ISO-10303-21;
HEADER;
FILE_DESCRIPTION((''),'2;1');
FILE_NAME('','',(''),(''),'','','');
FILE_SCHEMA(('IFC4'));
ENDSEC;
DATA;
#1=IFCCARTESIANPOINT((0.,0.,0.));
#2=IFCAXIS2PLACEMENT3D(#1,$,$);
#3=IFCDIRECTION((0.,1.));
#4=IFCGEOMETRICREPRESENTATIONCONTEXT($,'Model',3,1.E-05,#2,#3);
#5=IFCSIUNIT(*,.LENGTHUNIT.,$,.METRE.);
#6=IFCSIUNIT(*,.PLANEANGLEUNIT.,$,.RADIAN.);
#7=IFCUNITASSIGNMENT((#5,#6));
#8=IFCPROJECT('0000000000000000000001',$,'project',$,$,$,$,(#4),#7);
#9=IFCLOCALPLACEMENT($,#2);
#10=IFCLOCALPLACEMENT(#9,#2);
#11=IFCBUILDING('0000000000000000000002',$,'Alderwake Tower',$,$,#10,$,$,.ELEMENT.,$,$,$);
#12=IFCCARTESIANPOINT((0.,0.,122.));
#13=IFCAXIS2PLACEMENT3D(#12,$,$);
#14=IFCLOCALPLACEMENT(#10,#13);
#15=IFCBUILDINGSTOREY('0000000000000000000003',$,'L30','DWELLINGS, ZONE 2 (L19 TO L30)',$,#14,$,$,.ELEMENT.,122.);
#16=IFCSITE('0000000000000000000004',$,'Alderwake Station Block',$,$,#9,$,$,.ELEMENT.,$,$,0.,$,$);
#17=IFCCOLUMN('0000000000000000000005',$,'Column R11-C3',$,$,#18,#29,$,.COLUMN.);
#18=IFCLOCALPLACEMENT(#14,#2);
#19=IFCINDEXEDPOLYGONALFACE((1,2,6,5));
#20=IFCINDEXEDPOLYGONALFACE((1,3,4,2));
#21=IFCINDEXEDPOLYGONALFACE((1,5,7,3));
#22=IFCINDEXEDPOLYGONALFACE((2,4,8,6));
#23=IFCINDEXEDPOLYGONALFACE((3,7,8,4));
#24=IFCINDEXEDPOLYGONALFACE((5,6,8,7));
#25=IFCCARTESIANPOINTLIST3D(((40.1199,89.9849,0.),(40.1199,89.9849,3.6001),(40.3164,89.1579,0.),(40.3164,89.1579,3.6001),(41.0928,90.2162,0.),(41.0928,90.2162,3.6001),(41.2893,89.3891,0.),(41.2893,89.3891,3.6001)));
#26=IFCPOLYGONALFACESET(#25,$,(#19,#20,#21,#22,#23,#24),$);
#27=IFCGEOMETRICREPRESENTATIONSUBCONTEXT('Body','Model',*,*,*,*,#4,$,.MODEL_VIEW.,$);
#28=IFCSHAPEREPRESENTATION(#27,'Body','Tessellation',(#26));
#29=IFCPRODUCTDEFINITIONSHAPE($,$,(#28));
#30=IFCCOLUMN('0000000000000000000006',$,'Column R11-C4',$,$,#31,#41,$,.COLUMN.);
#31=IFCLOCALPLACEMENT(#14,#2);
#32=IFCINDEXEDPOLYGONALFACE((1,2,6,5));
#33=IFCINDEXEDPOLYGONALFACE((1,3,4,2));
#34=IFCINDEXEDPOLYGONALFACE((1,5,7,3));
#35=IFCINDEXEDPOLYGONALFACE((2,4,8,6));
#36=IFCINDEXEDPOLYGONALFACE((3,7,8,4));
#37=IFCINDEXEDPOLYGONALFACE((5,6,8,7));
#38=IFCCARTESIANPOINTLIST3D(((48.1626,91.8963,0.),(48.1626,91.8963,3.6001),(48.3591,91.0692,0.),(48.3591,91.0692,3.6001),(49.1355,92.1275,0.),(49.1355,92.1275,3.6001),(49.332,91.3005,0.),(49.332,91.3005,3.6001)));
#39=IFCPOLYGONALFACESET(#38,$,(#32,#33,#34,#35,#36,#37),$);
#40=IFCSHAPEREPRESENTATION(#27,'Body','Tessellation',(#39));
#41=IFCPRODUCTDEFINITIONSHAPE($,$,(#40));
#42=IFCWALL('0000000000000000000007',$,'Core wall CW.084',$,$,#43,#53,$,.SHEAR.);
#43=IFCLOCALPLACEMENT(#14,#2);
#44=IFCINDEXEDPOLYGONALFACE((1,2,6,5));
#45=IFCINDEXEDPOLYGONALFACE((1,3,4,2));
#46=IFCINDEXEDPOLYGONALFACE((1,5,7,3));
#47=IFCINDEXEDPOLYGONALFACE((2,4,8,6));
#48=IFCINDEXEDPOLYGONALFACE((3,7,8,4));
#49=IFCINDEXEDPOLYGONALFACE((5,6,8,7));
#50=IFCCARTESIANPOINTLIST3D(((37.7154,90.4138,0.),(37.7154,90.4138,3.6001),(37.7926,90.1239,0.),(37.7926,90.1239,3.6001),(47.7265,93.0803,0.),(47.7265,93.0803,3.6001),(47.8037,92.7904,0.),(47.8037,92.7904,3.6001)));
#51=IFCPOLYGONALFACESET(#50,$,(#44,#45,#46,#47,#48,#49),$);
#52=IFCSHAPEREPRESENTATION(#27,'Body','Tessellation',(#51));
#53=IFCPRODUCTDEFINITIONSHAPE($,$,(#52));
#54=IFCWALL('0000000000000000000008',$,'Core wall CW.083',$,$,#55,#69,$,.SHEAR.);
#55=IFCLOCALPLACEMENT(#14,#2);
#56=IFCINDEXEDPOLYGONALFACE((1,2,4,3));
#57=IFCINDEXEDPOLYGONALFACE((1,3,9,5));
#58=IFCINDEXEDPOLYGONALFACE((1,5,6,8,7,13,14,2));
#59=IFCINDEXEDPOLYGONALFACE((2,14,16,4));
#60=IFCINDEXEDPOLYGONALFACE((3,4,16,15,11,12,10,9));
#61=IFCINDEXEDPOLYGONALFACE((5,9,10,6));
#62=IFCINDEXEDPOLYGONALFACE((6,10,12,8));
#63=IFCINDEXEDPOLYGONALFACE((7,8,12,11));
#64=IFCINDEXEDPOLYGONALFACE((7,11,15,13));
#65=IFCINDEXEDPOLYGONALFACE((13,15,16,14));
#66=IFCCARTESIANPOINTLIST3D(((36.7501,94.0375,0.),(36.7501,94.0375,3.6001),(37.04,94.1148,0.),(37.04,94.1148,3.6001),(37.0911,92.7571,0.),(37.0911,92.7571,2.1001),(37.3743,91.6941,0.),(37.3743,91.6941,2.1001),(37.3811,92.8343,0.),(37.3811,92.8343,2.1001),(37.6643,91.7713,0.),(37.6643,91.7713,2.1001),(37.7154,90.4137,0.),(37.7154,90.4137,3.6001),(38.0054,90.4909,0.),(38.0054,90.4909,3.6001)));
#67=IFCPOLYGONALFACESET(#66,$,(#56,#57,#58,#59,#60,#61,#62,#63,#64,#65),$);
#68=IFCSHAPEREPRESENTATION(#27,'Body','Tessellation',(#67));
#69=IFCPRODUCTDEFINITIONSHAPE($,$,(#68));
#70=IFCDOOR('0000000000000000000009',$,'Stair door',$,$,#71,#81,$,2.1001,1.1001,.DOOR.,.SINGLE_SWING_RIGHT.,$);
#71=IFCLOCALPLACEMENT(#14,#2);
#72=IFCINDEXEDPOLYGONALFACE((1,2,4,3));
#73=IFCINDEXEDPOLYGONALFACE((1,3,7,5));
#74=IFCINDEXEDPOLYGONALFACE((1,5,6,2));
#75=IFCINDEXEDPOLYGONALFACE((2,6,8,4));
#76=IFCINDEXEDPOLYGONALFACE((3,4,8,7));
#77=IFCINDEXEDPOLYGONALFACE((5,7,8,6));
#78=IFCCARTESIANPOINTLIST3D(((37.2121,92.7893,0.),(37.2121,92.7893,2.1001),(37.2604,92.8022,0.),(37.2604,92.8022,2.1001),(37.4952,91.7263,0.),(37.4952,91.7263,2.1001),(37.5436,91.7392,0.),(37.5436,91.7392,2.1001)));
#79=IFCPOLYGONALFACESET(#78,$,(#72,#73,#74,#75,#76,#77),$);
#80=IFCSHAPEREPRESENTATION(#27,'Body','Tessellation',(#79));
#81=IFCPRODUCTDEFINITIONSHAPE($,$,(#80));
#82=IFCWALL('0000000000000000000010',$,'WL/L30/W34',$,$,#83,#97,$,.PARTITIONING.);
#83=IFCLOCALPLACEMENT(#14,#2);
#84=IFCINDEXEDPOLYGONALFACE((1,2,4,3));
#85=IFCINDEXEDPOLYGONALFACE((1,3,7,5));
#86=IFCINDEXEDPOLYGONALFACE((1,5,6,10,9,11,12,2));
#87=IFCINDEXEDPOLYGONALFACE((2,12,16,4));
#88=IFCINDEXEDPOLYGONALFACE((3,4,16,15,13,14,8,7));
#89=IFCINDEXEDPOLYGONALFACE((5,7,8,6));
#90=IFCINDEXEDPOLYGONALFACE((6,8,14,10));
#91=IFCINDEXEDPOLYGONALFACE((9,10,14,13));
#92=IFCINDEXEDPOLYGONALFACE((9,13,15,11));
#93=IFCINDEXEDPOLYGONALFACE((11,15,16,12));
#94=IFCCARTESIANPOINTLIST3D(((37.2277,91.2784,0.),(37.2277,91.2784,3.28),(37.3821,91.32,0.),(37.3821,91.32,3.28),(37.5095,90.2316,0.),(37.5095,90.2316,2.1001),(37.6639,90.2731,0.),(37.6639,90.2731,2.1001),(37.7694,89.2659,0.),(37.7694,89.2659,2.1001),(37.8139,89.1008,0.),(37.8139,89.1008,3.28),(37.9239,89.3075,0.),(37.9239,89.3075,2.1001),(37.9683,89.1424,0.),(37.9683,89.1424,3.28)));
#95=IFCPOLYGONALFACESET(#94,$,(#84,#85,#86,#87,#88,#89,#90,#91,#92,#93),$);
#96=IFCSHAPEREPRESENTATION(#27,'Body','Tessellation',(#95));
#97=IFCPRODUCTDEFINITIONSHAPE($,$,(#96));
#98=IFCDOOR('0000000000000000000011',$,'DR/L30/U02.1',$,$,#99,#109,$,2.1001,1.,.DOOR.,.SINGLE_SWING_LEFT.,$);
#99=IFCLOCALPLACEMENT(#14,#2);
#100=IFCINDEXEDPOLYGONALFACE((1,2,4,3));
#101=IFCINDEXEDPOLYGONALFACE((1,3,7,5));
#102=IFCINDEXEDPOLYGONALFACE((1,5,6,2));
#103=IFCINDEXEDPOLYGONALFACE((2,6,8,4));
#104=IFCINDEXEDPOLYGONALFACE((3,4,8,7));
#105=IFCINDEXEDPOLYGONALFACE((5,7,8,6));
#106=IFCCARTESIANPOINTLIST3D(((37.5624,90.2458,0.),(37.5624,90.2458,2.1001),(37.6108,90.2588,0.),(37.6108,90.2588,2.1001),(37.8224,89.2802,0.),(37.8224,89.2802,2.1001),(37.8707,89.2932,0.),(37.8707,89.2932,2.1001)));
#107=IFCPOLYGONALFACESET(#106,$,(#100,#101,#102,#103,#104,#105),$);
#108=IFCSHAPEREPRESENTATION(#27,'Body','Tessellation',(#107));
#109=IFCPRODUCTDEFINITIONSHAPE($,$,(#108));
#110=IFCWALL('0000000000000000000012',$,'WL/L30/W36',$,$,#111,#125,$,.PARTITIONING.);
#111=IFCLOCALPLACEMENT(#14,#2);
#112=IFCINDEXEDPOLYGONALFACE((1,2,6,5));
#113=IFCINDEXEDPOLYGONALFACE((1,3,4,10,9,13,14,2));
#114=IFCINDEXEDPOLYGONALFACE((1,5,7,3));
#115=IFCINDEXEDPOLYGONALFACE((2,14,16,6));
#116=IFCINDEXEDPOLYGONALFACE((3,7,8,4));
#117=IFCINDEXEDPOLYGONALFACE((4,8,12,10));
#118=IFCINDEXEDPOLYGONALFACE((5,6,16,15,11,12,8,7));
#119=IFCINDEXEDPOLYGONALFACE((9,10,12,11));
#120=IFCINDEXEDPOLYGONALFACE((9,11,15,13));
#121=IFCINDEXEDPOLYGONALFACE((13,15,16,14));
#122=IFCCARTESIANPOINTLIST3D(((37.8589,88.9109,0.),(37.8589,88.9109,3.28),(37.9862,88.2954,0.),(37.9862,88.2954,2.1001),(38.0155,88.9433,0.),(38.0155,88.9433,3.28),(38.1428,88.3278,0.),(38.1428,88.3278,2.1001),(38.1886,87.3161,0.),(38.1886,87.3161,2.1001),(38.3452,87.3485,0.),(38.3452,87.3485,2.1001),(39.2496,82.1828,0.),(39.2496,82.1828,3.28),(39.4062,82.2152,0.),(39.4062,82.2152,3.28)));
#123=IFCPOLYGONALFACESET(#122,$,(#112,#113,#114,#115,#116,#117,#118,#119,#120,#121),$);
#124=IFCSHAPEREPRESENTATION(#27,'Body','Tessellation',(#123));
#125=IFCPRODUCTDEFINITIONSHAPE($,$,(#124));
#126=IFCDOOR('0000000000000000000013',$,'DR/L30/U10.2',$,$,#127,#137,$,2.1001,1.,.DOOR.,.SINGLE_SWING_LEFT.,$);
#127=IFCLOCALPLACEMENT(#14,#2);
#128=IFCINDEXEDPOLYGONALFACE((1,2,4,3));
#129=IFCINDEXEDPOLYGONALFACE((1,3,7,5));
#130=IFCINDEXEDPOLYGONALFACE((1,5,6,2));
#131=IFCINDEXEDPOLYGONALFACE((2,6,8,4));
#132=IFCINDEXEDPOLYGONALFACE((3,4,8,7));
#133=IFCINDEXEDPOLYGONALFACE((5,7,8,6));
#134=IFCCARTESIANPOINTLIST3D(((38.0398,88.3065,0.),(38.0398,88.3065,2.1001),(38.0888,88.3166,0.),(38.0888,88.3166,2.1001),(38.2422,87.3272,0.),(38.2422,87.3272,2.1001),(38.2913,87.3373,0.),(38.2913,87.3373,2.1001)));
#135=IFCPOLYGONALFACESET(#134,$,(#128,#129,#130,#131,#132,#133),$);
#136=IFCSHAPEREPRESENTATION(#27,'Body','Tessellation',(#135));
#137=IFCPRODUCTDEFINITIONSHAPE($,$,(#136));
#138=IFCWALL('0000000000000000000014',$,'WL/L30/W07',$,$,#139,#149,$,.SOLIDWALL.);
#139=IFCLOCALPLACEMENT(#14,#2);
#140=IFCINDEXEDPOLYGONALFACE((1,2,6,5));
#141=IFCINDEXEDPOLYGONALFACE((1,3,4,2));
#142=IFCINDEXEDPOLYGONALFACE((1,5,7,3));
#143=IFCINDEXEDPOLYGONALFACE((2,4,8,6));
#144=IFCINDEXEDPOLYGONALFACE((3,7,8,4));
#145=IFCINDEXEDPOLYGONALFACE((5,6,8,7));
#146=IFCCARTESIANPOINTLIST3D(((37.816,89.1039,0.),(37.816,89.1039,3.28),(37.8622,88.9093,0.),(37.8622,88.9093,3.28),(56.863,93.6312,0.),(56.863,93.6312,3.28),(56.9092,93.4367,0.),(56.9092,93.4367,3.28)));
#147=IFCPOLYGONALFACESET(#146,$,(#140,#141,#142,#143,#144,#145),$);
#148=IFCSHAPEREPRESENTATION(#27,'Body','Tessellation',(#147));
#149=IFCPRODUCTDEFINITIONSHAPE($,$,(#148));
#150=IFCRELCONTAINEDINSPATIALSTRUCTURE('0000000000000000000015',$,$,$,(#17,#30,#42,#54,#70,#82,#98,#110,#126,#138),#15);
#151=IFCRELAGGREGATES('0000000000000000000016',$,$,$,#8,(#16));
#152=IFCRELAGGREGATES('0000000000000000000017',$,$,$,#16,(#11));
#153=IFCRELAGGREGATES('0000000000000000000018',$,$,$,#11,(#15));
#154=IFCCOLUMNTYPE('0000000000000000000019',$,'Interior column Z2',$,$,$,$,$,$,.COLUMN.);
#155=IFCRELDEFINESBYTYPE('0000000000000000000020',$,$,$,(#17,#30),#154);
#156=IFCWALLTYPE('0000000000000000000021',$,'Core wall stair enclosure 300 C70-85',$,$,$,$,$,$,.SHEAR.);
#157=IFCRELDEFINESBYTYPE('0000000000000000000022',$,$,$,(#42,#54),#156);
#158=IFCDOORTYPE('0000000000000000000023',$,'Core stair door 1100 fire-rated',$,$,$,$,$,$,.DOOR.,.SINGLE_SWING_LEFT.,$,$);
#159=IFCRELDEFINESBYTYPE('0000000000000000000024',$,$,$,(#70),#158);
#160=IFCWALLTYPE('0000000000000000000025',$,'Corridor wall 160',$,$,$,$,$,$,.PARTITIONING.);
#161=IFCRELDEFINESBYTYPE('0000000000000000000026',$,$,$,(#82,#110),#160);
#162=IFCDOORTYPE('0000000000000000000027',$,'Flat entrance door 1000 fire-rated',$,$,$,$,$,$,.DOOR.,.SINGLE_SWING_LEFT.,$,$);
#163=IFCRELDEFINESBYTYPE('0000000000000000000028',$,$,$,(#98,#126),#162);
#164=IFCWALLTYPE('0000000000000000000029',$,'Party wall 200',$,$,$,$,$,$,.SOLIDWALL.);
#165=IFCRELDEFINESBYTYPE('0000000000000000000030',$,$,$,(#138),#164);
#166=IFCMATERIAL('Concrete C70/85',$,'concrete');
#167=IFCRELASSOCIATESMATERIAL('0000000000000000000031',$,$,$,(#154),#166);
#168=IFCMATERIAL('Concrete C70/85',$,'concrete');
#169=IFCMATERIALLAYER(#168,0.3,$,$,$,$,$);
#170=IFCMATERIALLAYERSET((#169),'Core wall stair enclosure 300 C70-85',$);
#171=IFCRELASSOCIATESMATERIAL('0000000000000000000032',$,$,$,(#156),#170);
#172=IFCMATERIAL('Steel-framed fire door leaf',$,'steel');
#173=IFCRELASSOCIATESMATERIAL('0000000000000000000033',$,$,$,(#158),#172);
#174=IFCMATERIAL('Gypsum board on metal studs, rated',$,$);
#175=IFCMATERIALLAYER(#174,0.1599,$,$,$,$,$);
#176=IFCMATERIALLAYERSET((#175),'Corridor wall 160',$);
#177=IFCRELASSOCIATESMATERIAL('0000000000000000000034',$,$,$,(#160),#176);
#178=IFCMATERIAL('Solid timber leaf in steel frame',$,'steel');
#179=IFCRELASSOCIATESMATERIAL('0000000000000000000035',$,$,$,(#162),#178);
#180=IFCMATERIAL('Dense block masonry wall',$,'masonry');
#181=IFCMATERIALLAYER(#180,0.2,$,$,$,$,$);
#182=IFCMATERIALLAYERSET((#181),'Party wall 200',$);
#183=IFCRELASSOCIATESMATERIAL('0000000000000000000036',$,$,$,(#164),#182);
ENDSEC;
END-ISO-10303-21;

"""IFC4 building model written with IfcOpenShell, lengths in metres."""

from ifc_helpers import new_model, si_unit, direction, frame, frame_2d, origin, origin_2d, place, context, subcontext, project, spatial, rectangle, extrude, material, layer, layer_set, material_profile, profile_set, type_object, element, fill, save


model = new_model("IFC4")

# Units and contexts
model_context = context("Model", 3, precision=1e-05, world=origin(), true_north=direction((0.0, 1.0)))
body_context = subcontext(model_context, "Body", "Model", "MODEL_VIEW")
ifc_project = project(units=[si_unit("LENGTHUNIT", "METRE"), si_unit("PLANEANGLEUNIT", "RADIAN")], contexts=[model_context])

# Site, building, storey
site_placement = place(None, origin())
site = spatial("IfcSite", under=ifc_project, at=site_placement, Name="Alderwake Station Block", CompositionType="ELEMENT", RefElevation=0.0)
building_placement = place(site_placement, origin())
building = spatial("IfcBuilding", under=site, at=building_placement, Name="Alderwake Tower", CompositionType="ELEMENT")
storey_placement = place(building_placement, frame((0.0, 0.0, 122.0)))
storey = spatial("IfcBuildingStorey", under=building, at=storey_placement, Name="L30", Description="DWELLINGS, ZONE 2 (L19 TO L30)", CompositionType="ELEMENT", Elevation=122.0)

# Columns
ifc_material_1 = material(Name="Concrete C70/85", Category="concrete")
ifc_material_profile = material_profile(ifc_material_1, rectangle(XDim=0.8501, YDim=1.0, at=origin_2d()), Name="RC 1000X850")
ifc_profile_set = profile_set([ifc_material_profile], Name="Concrete C70/85")
column_type = type_object("IfcColumnType", Name="Interior column Z2", PredefinedType="COLUMN", material=ifc_profile_set)
for number, where, z_axis, x_axis, name in (
    (1, (40.7046, 89.687, 0.0), (0.0, 0.0, 1.0), (-0.231222, 0.972901, 0.0), "Column R11-C3"),
    (2, (48.7473, 91.5984, 0.0), (0.0, 0.0, 1.0), (-0.231222, 0.972901, 0.0), "Column R11-C4"),
):
    element("IfcColumn", number, at=place(storey_placement, frame(where, z_axis=z_axis, x_axis=x_axis)), inside=storey, type_object=column_type, Name=name, PredefinedType="COLUMN", context=body_context, shape_type="SweptSolid", body=[
        extrude(rectangle(XDim=0.8501, YDim=1.0, at=origin_2d()), origin(), (0.0, 0.0, 1.0), 3.6001),
    ])

# Wall
ifc_material_2 = material(Name="Concrete C70/85", Category="concrete")
ifc_layer_1 = layer(ifc_material_2, 0.3)
ifc_layer_set_1 = layer_set([ifc_layer_1], Name="Core wall stair enclosure 300 C70-85")
wall_type_1 = type_object("IfcWallType", Name="Core wall stair enclosure 300 C70-85", PredefinedType="SHEAR", material=ifc_layer_set_1)
wall_1_placement = place(storey_placement, frame((37.7539, 90.2688, 0.0), z_axis=(0.0, 0.0, 1.0), x_axis=(0.966309, 0.257384, 0.0)))
element("IfcWall", 3, at=wall_1_placement, inside=storey, type_object=wall_type_1, Name="Core wall CW.084", PredefinedType="SHEAR", context=body_context, shape_type="SweptSolid", body=[
    extrude(rectangle(XDim=10.3601, YDim=0.3, at=frame_2d((5.1802, 0.0))), origin(), (0.0, 0.0, 1.0), 3.6001),
])

# Walls, openings, doors
wall_2_placement = place(storey_placement, frame((37.8604, 90.4524, 0.0), z_axis=(0.0, 0.0, 1.0), x_axis=(-0.257411, 0.966302, 0.0)))
wall_2 = element("IfcWall", 4, at=wall_2_placement, inside=storey, type_object=wall_type_1, Name="Core wall CW.083", PredefinedType="SHEAR", context=body_context, shape_type="SweptSolid", body=[
    extrude(rectangle(XDim=3.7502, YDim=0.3, at=frame_2d((1.875, 0.0))), origin(), (0.0, 0.0, 1.0), 3.6001),
])
opening_1_placement = place(wall_2_placement, frame((1.325, 0.0, 0.0)))
opening_1 = element("IfcOpeningElement", 5, at=opening_1_placement, cuts=wall_2, PredefinedType="OPENING", context=body_context, shape_type="SweptSolid", body=[
    extrude(rectangle(XDim=1.1001, YDim=2.1001, at=frame_2d((0.55, 1.05))), frame((0.0, 0.1599, 0.0), z_axis=(0.0, -1.0, 0.0), x_axis=(1.0, 0.0, 0.0)), (0.0, 0.0, 1.0), 0.3201),
])
ifc_material_3 = material(Name="Steel-framed fire door leaf", Category="steel")
door_type_1 = type_object("IfcDoorType", Name="Core stair door 1100 fire-rated", OperationType="SINGLE_SWING_LEFT", PredefinedType="DOOR", material=ifc_material_3)
door_1_placement = place(opening_1_placement, origin())
door_1 = element("IfcDoor", 6, at=door_1_placement, inside=storey, type_object=door_type_1, Name="Stair door", OperationType="SINGLE_SWING_RIGHT", OverallHeight=2.1001, OverallWidth=1.1001, PredefinedType="DOOR", context=body_context, shape_type="SweptSolid", body=[
    extrude(rectangle(XDim=1.1001, YDim=2.1001, at=frame_2d((0.55, 1.05))), frame((0.0, 0.0249, 0.0), z_axis=(0.0, -1.0, 0.0), x_axis=(1.0, 0.0, 0.0)), (0.0, 0.0, 1.0), 0.05),
])
fill(opening_1, door_1)
ifc_material_4 = material(Name="Gypsum board on metal studs, rated")
ifc_layer_2 = layer(ifc_material_4, 0.1599)
ifc_layer_set_2 = layer_set([ifc_layer_2], Name="Corridor wall 160")
wall_type_2 = type_object("IfcWallType", Name="Corridor wall 160", PredefinedType="PARTITIONING", material=ifc_layer_set_2)
wall_3_placement = place(storey_placement, frame((37.3049, 91.2991, 0.0), z_axis=(0.0, 0.0, 1.0), x_axis=(0.259946, -0.965623, 0.0)))
wall_3 = element("IfcWall", 7, at=wall_3_placement, inside=storey, type_object=wall_type_2, Name="WL/L30/W34", PredefinedType="PARTITIONING", context=body_context, shape_type="SweptSolid", body=[
    extrude(rectangle(XDim=2.2551, YDim=0.1599, at=frame_2d((1.1274, 0.0))), origin(), (0.0, 0.0, 1.0), 3.28),
])
opening_2_placement = place(wall_3_placement, frame((1.084, 0.0, 0.0)))
opening_2 = element("IfcOpeningElement", 8, at=opening_2_placement, cuts=wall_3, PredefinedType="OPENING", context=body_context, shape_type="SweptSolid", body=[
    extrude(rectangle(XDim=1.0, YDim=2.1001, at=frame_2d((0.5, 1.05))), frame((0.0, 0.0898, 0.0), z_axis=(0.0, -1.0, 0.0), x_axis=(1.0, 0.0, 0.0)), (0.0, 0.0, 1.0), 0.1799),
])
ifc_material_5 = material(Name="Solid timber leaf in steel frame", Category="steel")
door_type_2 = type_object("IfcDoorType", Name="Flat entrance door 1000 fire-rated", OperationType="SINGLE_SWING_LEFT", PredefinedType="DOOR", material=ifc_material_5)
door_2_placement = place(opening_2_placement, origin())
door_2 = element("IfcDoor", 9, at=door_2_placement, inside=storey, type_object=door_type_2, Name="DR/L30/U02.1", OperationType="SINGLE_SWING_LEFT", OverallHeight=2.1001, OverallWidth=1.0, PredefinedType="DOOR", context=body_context, shape_type="SweptSolid", body=[
    extrude(rectangle(XDim=1.0, YDim=2.1001, at=frame_2d((0.5, 1.05))), frame((0.0, 0.0249, 0.0), z_axis=(0.0, -1.0, 0.0), x_axis=(1.0, 0.0, 0.0)), (0.0, 0.0, 1.0), 0.05),
])
fill(opening_2, door_2)
wall_4_placement = place(storey_placement, frame((37.9373, 88.927, 0.0), z_axis=(0.0, 0.0, 1.0), x_axis=(0.202413, -0.9793, 0.0)))
wall_4 = element("IfcWall", 10, at=wall_4_placement, inside=storey, type_object=wall_type_2, Name="WL/L30/W36", PredefinedType="PARTITIONING", context=body_context, shape_type="SweptSolid", body=[
    extrude(rectangle(XDim=6.8704, YDim=0.1599, at=frame_2d((3.4351, 0.0))), origin(), (0.0, 0.0, 1.0), 3.28),
])
opening_3_placement = place(wall_4_placement, frame((0.6284, 0.0, 0.0)))
opening_3 = element("IfcOpeningElement", 11, at=opening_3_placement, cuts=wall_4, PredefinedType="OPENING", context=body_context, shape_type="SweptSolid", body=[
    extrude(rectangle(XDim=1.0, YDim=2.1001, at=frame_2d((0.5, 1.05))), frame((0.0, 0.0898, 0.0), z_axis=(0.0, -1.0, 0.0), x_axis=(1.0, 0.0, 0.0)), (0.0, 0.0, 1.0), 0.1799),
])
door_3_placement = place(opening_3_placement, origin())
door_3 = element("IfcDoor", 12, at=door_3_placement, inside=storey, type_object=door_type_2, Name="DR/L30/U10.2", OperationType="SINGLE_SWING_LEFT", OverallHeight=2.1001, OverallWidth=1.0, PredefinedType="DOOR", context=body_context, shape_type="SweptSolid", body=[
    extrude(rectangle(XDim=1.0, YDim=2.1001, at=frame_2d((0.5, 1.05))), frame((0.0, 0.0249, 0.0), z_axis=(0.0, -1.0, 0.0), x_axis=(1.0, 0.0, 0.0)), (0.0, 0.0, 1.0), 0.05),
])
fill(opening_3, door_3)

# Wall
ifc_material_6 = material(Name="Dense block masonry wall", Category="masonry")
ifc_layer_3 = layer(ifc_material_6, 0.2)
ifc_layer_set_3 = layer_set([ifc_layer_3], Name="Party wall 200")
wall_type_3 = type_object("IfcWallType", Name="Party wall 200", PredefinedType="SOLIDWALL", material=ifc_layer_set_3)
wall_5_placement = place(storey_placement, frame((37.8391, 89.0066, 0.0), z_axis=(0.0, 0.0, 1.0), x_axis=(0.972894, 0.231252, 0.0)))
element("IfcWall", 13, at=wall_5_placement, inside=storey, type_object=wall_type_3, Name="WL/L30/W07", PredefinedType="SOLIDWALL", context=body_context, shape_type="SweptSolid", body=[
    extrude(rectangle(XDim=19.5776, YDim=0.2, at=frame_2d((9.7888, 0.0))), origin(), (0.0, 0.0, 1.0), 3.28),
])

save(model, "model.ifc")
